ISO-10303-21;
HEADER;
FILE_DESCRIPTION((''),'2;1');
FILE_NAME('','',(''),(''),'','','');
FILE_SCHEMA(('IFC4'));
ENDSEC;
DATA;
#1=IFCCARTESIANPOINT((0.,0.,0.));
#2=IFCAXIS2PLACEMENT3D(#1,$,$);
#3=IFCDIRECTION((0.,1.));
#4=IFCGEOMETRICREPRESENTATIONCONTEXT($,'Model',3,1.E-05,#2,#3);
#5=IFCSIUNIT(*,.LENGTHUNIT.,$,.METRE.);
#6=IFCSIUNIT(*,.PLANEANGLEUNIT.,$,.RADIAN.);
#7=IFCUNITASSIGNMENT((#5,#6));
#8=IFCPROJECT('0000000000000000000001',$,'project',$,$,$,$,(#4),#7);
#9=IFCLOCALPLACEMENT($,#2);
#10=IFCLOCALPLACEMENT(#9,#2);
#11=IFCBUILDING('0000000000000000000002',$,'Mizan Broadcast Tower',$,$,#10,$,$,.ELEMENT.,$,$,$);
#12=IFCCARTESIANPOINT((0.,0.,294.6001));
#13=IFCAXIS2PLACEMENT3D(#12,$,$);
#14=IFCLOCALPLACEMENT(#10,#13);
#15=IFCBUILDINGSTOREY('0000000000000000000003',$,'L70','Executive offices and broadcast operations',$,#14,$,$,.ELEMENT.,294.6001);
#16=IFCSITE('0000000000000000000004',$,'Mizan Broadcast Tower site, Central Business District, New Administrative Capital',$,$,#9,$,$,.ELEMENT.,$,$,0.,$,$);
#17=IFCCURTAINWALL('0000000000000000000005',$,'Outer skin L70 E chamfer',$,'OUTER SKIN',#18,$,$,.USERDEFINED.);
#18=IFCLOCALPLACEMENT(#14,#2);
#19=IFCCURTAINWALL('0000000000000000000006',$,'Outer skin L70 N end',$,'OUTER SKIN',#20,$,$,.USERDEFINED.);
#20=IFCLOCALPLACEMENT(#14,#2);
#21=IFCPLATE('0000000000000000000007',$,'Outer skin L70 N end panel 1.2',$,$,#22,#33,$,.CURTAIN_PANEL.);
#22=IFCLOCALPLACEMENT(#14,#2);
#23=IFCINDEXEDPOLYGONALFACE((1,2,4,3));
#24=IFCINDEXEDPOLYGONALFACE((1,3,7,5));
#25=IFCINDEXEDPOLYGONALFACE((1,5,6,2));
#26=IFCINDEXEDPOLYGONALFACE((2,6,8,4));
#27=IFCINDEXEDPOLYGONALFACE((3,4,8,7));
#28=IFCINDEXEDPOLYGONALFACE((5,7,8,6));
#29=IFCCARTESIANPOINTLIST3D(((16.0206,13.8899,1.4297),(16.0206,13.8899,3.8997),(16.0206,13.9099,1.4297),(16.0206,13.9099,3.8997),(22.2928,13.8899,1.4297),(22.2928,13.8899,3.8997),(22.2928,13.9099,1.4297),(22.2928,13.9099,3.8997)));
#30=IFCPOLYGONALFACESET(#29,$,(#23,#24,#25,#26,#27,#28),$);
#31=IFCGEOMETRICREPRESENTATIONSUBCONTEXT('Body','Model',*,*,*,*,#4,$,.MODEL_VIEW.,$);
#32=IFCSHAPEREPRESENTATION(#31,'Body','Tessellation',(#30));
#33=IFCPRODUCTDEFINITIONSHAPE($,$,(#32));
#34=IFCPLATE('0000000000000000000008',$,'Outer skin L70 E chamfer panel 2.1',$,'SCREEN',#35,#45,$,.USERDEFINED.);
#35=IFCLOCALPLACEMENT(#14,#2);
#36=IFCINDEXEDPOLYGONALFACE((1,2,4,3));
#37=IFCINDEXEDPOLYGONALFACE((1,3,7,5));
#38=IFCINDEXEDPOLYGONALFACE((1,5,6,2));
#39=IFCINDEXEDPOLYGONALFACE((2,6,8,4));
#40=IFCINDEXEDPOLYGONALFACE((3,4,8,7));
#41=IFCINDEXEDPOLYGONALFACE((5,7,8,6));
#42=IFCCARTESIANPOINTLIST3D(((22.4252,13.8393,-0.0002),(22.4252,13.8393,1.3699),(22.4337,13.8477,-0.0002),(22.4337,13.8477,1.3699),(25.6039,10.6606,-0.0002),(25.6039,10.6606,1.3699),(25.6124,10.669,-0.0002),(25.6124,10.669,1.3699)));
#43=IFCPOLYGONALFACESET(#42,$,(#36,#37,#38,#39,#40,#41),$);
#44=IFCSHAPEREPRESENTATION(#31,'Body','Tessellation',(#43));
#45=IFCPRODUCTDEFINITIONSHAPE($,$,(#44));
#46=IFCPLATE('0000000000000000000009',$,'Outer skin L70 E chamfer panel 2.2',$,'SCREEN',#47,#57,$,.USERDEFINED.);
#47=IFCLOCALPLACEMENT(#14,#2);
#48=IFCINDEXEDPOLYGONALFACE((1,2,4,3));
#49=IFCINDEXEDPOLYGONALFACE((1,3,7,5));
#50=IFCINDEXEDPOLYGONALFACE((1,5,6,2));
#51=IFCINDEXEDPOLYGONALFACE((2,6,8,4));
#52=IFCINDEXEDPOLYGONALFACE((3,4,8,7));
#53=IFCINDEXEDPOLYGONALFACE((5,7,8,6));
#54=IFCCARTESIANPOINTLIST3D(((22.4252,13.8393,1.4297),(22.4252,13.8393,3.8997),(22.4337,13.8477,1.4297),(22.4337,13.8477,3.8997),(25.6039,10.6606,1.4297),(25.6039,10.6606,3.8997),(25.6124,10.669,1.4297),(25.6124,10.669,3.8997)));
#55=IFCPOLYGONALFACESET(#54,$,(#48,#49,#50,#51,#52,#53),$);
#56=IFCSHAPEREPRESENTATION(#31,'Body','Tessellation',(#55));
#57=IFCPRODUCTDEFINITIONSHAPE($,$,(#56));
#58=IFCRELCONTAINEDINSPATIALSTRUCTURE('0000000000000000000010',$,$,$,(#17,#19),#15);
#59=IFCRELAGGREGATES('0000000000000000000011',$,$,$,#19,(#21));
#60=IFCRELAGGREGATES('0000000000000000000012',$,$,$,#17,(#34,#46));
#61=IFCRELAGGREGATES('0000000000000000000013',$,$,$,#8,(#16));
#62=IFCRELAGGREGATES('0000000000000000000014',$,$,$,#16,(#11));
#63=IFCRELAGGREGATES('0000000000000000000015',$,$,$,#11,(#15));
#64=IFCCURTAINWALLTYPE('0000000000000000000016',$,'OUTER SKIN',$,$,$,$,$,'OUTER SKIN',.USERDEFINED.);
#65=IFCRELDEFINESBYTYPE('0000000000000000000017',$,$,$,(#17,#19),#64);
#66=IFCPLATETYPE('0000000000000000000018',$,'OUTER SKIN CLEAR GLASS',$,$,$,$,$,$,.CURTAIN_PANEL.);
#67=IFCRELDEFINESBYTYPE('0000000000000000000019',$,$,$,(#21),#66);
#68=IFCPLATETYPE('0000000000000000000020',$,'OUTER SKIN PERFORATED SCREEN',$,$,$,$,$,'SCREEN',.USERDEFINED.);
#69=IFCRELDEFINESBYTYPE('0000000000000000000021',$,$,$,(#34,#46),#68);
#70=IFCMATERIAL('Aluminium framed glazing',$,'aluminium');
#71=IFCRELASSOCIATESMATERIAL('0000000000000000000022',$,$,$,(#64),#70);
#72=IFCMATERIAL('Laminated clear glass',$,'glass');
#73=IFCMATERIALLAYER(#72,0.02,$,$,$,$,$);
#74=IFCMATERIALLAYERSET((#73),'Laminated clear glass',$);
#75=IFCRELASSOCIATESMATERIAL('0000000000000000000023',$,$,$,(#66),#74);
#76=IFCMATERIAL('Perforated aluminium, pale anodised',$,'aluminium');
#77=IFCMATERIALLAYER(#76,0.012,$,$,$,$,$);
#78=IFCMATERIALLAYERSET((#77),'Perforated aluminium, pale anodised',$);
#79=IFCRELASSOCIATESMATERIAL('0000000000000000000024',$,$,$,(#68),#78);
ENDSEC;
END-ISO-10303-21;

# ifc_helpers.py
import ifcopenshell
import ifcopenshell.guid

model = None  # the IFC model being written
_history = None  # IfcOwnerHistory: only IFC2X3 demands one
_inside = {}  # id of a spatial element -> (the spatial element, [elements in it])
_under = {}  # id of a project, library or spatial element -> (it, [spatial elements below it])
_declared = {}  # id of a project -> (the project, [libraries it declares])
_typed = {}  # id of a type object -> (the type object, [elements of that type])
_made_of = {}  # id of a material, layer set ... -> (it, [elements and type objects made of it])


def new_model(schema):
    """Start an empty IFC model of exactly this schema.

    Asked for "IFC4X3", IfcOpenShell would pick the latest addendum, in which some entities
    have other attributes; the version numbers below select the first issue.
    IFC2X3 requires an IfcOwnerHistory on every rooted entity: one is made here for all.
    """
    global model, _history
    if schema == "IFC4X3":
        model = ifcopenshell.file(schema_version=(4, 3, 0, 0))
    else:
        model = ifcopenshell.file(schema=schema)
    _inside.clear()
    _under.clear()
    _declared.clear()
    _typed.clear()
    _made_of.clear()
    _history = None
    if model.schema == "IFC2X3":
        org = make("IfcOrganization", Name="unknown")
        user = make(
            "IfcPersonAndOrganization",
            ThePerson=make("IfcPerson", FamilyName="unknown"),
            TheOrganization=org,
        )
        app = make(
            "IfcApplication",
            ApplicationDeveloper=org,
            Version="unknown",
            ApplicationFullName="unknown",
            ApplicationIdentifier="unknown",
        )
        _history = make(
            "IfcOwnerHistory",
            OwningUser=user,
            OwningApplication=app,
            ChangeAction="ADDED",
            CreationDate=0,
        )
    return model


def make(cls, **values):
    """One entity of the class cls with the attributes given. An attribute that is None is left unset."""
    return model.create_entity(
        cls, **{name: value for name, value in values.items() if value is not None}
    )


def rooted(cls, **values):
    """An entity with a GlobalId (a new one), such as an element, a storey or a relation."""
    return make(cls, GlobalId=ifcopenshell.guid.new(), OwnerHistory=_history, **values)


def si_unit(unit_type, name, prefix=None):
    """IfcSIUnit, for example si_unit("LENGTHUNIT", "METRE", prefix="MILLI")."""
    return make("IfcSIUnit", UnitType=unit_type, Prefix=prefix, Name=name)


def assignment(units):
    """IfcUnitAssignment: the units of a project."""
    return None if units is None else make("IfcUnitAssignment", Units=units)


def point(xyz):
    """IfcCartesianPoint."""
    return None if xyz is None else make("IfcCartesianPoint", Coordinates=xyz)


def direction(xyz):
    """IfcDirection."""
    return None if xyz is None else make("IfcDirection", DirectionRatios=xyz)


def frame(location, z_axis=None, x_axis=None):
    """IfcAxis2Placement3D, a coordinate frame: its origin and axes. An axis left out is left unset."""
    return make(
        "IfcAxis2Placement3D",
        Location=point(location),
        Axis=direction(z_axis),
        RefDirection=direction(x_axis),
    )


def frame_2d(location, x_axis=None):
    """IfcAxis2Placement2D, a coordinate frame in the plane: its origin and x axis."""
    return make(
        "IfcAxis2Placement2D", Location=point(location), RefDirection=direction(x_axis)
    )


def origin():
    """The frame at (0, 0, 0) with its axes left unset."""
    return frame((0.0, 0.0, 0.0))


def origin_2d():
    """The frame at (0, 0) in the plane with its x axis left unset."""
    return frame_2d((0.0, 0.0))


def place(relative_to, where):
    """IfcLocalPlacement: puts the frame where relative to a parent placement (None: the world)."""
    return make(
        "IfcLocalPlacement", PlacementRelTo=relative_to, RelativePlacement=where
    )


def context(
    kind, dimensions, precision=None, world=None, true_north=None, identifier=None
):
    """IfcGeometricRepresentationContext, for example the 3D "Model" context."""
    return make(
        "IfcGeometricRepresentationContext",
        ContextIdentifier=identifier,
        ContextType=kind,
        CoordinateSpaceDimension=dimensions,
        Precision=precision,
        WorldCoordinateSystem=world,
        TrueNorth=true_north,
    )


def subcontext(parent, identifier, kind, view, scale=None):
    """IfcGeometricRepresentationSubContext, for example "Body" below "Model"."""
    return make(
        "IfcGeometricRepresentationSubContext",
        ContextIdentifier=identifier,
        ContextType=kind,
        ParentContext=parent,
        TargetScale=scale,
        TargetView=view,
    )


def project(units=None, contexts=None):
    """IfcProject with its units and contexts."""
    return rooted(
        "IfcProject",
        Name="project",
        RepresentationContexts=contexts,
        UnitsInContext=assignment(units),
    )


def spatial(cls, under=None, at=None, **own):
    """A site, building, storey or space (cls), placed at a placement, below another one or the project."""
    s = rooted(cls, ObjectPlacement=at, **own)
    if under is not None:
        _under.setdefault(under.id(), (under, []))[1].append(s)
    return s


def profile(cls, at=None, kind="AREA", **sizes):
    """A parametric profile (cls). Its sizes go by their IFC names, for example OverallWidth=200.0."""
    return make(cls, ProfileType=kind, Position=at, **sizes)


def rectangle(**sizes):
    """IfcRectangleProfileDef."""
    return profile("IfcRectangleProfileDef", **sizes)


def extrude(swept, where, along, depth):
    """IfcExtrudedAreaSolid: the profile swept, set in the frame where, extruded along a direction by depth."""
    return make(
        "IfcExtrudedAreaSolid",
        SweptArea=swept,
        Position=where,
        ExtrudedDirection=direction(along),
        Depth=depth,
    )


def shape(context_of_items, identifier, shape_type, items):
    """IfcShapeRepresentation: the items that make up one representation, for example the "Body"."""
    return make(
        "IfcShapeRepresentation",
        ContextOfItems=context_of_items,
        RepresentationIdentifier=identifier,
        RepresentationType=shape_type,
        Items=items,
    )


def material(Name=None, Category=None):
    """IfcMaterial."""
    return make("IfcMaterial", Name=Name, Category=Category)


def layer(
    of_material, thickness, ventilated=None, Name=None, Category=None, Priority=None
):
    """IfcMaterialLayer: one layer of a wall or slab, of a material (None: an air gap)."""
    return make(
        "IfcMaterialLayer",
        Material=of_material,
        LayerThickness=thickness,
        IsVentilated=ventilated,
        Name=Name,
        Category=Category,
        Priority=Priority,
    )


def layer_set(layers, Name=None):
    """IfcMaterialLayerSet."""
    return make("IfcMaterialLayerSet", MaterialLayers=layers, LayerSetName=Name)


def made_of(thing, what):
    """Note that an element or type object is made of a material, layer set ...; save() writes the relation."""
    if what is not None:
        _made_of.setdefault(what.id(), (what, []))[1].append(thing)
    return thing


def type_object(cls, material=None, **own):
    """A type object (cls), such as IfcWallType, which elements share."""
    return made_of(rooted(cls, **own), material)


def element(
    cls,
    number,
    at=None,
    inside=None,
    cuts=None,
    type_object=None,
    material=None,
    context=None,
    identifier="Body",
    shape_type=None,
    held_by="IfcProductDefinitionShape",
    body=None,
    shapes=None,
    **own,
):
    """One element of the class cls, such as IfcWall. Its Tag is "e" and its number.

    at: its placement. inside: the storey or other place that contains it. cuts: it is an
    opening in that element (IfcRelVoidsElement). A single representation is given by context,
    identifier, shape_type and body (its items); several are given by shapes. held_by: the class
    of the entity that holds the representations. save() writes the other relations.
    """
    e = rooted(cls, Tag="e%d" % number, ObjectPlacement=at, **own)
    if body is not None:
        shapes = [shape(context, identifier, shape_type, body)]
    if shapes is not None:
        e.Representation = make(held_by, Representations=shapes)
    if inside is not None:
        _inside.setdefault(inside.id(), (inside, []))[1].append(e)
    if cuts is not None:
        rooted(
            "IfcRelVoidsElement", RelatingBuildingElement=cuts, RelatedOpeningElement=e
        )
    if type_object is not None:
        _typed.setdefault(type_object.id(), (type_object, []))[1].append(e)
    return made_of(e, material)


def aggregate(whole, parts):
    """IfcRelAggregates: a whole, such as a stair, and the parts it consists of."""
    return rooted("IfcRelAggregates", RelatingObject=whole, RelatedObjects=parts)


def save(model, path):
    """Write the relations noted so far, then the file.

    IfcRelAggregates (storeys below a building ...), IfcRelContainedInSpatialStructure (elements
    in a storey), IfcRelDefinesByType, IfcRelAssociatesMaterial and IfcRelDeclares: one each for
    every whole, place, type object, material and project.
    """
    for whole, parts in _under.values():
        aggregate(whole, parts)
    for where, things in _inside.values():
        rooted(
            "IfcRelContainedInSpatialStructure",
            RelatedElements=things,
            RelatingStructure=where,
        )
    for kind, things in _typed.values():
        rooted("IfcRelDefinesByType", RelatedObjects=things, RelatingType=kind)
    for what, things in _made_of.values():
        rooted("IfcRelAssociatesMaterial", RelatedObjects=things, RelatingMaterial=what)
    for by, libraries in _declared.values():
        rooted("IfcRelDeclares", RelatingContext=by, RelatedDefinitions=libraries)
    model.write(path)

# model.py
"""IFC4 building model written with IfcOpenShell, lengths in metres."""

from ifc_helpers import new_model, si_unit, direction, frame, origin, origin_2d, place, context, subcontext, project, spatial, rectangle, extrude, material, layer, layer_set, type_object, element, aggregate, save


model = new_model("IFC4")

# Units and contexts
model_context = context("Model", 3, precision=1e-05, world=origin(), true_north=direction((0.0, 1.0)))
body_context = subcontext(model_context, "Body", "Model", "MODEL_VIEW")
ifc_project = project(units=[si_unit("LENGTHUNIT", "METRE"), si_unit("PLANEANGLEUNIT", "RADIAN")], contexts=[model_context])

# Site, building, storey
site_placement = place(None, origin())
site = spatial("IfcSite", under=ifc_project, at=site_placement, Name="Mizan Broadcast Tower site, Central Business District, New Administrative Capital", CompositionType="ELEMENT", RefElevation=0.0)
building_placement = place(site_placement, origin())
building = spatial("IfcBuilding", under=site, at=building_placement, Name="Mizan Broadcast Tower", CompositionType="ELEMENT")
storey_placement = place(building_placement, frame((0.0, 0.0, 294.6001)))
storey = spatial("IfcBuildingStorey", under=building, at=storey_placement, Name="L70", Description="Executive offices and broadcast operations", CompositionType="ELEMENT", Elevation=294.6001)

# Curtain wall
ifc_material_1 = material(Name="Aluminium framed glazing", Category="aluminium")
curtain_wall_type_1 = type_object("IfcCurtainWallType", Name="OUTER SKIN", ElementType="OUTER SKIN", PredefinedType="USERDEFINED", material=ifc_material_1)
curtain_wall_1_placement = place(storey_placement, origin())
curtain_wall_1 = element("IfcCurtainWall", 1, at=curtain_wall_1_placement, inside=storey, type_object=curtain_wall_type_1, Name="Outer skin L70 E chamfer", ObjectType="OUTER SKIN", PredefinedType="USERDEFINED")

# Curtain wall
curtain_wall_2_placement = place(storey_placement, origin())
curtain_wall_2 = element("IfcCurtainWall", 2, at=curtain_wall_2_placement, inside=storey, type_object=curtain_wall_type_1, Name="Outer skin L70 N end", ObjectType="OUTER SKIN", PredefinedType="USERDEFINED")

# Plates
ifc_material_2 = material(Name="Laminated clear glass", Category="glass")
ifc_layer_1 = layer(ifc_material_2, 0.02)
ifc_layer_set_1 = layer_set([ifc_layer_1], Name="Laminated clear glass")
plate_type_1 = type_object("IfcPlateType", Name="OUTER SKIN CLEAR GLASS", PredefinedType="CURTAIN_PANEL", material=ifc_layer_set_1)
plate_1_placement = place(storey_placement, frame((19.1567, 13.8999, 1.4297), z_axis=(0.0, 0.0, 1.0), x_axis=(-1.0, 0.0, 0.0)))
plate_1 = element("IfcPlate", 3, at=plate_1_placement, type_object=plate_type_1, Name="Outer skin L70 N end panel 1.2", PredefinedType="CURTAIN_PANEL", context=body_context, shape_type="SweptSolid", body=[
    extrude(rectangle(XDim=6.2722, YDim=0.02, at=origin_2d()), origin(), (0.0, 0.0, 1.0), 2.47),
])
aggregate(curtain_wall_2, [plate_1])
ifc_material_3 = material(Name="Perforated aluminium, pale anodised", Category="aluminium")
ifc_layer_2 = layer(ifc_material_3, 0.012)
ifc_layer_set_2 = layer_set([ifc_layer_2], Name="Perforated aluminium, pale anodised")
plate_type_2 = type_object("IfcPlateType", Name="OUTER SKIN PERFORATED SCREEN", ElementType="SCREEN", PredefinedType="USERDEFINED", material=ifc_layer_set_2)
plate_2_placement = place(storey_placement, frame((24.0188, 12.2542, -0.0002), z_axis=(0.0, 0.0, 1.0), x_axis=(-0.707107, 0.707107, 0.0)))
plate_2 = element("IfcPlate", 4, at=plate_2_placement, type_object=plate_type_2, Name="Outer skin L70 E chamfer panel 2.1", ObjectType="SCREEN", PredefinedType="USERDEFINED", context=body_context, shape_type="SweptSolid", body=[
    extrude(rectangle(XDim=4.4954, YDim=0.012, at=origin_2d()), origin(), (0.0, 0.0, 1.0), 1.3701),
])
plate_3_placement = place(storey_placement, frame((24.0188, 12.2542, 1.4297), z_axis=(0.0, 0.0, 1.0), x_axis=(-0.707107, 0.707107, 0.0)))
plate_3 = element("IfcPlate", 5, at=plate_3_placement, type_object=plate_type_2, Name="Outer skin L70 E chamfer panel 2.2", ObjectType="SCREEN", PredefinedType="USERDEFINED", context=body_context, shape_type="SweptSolid", body=[
    extrude(rectangle(XDim=4.4954, YDim=0.012, at=origin_2d()), origin(), (0.0, 0.0, 1.0), 2.47),
])
aggregate(curtain_wall_1, [plate_2, plate_3])

save(model, "model.ifc")
